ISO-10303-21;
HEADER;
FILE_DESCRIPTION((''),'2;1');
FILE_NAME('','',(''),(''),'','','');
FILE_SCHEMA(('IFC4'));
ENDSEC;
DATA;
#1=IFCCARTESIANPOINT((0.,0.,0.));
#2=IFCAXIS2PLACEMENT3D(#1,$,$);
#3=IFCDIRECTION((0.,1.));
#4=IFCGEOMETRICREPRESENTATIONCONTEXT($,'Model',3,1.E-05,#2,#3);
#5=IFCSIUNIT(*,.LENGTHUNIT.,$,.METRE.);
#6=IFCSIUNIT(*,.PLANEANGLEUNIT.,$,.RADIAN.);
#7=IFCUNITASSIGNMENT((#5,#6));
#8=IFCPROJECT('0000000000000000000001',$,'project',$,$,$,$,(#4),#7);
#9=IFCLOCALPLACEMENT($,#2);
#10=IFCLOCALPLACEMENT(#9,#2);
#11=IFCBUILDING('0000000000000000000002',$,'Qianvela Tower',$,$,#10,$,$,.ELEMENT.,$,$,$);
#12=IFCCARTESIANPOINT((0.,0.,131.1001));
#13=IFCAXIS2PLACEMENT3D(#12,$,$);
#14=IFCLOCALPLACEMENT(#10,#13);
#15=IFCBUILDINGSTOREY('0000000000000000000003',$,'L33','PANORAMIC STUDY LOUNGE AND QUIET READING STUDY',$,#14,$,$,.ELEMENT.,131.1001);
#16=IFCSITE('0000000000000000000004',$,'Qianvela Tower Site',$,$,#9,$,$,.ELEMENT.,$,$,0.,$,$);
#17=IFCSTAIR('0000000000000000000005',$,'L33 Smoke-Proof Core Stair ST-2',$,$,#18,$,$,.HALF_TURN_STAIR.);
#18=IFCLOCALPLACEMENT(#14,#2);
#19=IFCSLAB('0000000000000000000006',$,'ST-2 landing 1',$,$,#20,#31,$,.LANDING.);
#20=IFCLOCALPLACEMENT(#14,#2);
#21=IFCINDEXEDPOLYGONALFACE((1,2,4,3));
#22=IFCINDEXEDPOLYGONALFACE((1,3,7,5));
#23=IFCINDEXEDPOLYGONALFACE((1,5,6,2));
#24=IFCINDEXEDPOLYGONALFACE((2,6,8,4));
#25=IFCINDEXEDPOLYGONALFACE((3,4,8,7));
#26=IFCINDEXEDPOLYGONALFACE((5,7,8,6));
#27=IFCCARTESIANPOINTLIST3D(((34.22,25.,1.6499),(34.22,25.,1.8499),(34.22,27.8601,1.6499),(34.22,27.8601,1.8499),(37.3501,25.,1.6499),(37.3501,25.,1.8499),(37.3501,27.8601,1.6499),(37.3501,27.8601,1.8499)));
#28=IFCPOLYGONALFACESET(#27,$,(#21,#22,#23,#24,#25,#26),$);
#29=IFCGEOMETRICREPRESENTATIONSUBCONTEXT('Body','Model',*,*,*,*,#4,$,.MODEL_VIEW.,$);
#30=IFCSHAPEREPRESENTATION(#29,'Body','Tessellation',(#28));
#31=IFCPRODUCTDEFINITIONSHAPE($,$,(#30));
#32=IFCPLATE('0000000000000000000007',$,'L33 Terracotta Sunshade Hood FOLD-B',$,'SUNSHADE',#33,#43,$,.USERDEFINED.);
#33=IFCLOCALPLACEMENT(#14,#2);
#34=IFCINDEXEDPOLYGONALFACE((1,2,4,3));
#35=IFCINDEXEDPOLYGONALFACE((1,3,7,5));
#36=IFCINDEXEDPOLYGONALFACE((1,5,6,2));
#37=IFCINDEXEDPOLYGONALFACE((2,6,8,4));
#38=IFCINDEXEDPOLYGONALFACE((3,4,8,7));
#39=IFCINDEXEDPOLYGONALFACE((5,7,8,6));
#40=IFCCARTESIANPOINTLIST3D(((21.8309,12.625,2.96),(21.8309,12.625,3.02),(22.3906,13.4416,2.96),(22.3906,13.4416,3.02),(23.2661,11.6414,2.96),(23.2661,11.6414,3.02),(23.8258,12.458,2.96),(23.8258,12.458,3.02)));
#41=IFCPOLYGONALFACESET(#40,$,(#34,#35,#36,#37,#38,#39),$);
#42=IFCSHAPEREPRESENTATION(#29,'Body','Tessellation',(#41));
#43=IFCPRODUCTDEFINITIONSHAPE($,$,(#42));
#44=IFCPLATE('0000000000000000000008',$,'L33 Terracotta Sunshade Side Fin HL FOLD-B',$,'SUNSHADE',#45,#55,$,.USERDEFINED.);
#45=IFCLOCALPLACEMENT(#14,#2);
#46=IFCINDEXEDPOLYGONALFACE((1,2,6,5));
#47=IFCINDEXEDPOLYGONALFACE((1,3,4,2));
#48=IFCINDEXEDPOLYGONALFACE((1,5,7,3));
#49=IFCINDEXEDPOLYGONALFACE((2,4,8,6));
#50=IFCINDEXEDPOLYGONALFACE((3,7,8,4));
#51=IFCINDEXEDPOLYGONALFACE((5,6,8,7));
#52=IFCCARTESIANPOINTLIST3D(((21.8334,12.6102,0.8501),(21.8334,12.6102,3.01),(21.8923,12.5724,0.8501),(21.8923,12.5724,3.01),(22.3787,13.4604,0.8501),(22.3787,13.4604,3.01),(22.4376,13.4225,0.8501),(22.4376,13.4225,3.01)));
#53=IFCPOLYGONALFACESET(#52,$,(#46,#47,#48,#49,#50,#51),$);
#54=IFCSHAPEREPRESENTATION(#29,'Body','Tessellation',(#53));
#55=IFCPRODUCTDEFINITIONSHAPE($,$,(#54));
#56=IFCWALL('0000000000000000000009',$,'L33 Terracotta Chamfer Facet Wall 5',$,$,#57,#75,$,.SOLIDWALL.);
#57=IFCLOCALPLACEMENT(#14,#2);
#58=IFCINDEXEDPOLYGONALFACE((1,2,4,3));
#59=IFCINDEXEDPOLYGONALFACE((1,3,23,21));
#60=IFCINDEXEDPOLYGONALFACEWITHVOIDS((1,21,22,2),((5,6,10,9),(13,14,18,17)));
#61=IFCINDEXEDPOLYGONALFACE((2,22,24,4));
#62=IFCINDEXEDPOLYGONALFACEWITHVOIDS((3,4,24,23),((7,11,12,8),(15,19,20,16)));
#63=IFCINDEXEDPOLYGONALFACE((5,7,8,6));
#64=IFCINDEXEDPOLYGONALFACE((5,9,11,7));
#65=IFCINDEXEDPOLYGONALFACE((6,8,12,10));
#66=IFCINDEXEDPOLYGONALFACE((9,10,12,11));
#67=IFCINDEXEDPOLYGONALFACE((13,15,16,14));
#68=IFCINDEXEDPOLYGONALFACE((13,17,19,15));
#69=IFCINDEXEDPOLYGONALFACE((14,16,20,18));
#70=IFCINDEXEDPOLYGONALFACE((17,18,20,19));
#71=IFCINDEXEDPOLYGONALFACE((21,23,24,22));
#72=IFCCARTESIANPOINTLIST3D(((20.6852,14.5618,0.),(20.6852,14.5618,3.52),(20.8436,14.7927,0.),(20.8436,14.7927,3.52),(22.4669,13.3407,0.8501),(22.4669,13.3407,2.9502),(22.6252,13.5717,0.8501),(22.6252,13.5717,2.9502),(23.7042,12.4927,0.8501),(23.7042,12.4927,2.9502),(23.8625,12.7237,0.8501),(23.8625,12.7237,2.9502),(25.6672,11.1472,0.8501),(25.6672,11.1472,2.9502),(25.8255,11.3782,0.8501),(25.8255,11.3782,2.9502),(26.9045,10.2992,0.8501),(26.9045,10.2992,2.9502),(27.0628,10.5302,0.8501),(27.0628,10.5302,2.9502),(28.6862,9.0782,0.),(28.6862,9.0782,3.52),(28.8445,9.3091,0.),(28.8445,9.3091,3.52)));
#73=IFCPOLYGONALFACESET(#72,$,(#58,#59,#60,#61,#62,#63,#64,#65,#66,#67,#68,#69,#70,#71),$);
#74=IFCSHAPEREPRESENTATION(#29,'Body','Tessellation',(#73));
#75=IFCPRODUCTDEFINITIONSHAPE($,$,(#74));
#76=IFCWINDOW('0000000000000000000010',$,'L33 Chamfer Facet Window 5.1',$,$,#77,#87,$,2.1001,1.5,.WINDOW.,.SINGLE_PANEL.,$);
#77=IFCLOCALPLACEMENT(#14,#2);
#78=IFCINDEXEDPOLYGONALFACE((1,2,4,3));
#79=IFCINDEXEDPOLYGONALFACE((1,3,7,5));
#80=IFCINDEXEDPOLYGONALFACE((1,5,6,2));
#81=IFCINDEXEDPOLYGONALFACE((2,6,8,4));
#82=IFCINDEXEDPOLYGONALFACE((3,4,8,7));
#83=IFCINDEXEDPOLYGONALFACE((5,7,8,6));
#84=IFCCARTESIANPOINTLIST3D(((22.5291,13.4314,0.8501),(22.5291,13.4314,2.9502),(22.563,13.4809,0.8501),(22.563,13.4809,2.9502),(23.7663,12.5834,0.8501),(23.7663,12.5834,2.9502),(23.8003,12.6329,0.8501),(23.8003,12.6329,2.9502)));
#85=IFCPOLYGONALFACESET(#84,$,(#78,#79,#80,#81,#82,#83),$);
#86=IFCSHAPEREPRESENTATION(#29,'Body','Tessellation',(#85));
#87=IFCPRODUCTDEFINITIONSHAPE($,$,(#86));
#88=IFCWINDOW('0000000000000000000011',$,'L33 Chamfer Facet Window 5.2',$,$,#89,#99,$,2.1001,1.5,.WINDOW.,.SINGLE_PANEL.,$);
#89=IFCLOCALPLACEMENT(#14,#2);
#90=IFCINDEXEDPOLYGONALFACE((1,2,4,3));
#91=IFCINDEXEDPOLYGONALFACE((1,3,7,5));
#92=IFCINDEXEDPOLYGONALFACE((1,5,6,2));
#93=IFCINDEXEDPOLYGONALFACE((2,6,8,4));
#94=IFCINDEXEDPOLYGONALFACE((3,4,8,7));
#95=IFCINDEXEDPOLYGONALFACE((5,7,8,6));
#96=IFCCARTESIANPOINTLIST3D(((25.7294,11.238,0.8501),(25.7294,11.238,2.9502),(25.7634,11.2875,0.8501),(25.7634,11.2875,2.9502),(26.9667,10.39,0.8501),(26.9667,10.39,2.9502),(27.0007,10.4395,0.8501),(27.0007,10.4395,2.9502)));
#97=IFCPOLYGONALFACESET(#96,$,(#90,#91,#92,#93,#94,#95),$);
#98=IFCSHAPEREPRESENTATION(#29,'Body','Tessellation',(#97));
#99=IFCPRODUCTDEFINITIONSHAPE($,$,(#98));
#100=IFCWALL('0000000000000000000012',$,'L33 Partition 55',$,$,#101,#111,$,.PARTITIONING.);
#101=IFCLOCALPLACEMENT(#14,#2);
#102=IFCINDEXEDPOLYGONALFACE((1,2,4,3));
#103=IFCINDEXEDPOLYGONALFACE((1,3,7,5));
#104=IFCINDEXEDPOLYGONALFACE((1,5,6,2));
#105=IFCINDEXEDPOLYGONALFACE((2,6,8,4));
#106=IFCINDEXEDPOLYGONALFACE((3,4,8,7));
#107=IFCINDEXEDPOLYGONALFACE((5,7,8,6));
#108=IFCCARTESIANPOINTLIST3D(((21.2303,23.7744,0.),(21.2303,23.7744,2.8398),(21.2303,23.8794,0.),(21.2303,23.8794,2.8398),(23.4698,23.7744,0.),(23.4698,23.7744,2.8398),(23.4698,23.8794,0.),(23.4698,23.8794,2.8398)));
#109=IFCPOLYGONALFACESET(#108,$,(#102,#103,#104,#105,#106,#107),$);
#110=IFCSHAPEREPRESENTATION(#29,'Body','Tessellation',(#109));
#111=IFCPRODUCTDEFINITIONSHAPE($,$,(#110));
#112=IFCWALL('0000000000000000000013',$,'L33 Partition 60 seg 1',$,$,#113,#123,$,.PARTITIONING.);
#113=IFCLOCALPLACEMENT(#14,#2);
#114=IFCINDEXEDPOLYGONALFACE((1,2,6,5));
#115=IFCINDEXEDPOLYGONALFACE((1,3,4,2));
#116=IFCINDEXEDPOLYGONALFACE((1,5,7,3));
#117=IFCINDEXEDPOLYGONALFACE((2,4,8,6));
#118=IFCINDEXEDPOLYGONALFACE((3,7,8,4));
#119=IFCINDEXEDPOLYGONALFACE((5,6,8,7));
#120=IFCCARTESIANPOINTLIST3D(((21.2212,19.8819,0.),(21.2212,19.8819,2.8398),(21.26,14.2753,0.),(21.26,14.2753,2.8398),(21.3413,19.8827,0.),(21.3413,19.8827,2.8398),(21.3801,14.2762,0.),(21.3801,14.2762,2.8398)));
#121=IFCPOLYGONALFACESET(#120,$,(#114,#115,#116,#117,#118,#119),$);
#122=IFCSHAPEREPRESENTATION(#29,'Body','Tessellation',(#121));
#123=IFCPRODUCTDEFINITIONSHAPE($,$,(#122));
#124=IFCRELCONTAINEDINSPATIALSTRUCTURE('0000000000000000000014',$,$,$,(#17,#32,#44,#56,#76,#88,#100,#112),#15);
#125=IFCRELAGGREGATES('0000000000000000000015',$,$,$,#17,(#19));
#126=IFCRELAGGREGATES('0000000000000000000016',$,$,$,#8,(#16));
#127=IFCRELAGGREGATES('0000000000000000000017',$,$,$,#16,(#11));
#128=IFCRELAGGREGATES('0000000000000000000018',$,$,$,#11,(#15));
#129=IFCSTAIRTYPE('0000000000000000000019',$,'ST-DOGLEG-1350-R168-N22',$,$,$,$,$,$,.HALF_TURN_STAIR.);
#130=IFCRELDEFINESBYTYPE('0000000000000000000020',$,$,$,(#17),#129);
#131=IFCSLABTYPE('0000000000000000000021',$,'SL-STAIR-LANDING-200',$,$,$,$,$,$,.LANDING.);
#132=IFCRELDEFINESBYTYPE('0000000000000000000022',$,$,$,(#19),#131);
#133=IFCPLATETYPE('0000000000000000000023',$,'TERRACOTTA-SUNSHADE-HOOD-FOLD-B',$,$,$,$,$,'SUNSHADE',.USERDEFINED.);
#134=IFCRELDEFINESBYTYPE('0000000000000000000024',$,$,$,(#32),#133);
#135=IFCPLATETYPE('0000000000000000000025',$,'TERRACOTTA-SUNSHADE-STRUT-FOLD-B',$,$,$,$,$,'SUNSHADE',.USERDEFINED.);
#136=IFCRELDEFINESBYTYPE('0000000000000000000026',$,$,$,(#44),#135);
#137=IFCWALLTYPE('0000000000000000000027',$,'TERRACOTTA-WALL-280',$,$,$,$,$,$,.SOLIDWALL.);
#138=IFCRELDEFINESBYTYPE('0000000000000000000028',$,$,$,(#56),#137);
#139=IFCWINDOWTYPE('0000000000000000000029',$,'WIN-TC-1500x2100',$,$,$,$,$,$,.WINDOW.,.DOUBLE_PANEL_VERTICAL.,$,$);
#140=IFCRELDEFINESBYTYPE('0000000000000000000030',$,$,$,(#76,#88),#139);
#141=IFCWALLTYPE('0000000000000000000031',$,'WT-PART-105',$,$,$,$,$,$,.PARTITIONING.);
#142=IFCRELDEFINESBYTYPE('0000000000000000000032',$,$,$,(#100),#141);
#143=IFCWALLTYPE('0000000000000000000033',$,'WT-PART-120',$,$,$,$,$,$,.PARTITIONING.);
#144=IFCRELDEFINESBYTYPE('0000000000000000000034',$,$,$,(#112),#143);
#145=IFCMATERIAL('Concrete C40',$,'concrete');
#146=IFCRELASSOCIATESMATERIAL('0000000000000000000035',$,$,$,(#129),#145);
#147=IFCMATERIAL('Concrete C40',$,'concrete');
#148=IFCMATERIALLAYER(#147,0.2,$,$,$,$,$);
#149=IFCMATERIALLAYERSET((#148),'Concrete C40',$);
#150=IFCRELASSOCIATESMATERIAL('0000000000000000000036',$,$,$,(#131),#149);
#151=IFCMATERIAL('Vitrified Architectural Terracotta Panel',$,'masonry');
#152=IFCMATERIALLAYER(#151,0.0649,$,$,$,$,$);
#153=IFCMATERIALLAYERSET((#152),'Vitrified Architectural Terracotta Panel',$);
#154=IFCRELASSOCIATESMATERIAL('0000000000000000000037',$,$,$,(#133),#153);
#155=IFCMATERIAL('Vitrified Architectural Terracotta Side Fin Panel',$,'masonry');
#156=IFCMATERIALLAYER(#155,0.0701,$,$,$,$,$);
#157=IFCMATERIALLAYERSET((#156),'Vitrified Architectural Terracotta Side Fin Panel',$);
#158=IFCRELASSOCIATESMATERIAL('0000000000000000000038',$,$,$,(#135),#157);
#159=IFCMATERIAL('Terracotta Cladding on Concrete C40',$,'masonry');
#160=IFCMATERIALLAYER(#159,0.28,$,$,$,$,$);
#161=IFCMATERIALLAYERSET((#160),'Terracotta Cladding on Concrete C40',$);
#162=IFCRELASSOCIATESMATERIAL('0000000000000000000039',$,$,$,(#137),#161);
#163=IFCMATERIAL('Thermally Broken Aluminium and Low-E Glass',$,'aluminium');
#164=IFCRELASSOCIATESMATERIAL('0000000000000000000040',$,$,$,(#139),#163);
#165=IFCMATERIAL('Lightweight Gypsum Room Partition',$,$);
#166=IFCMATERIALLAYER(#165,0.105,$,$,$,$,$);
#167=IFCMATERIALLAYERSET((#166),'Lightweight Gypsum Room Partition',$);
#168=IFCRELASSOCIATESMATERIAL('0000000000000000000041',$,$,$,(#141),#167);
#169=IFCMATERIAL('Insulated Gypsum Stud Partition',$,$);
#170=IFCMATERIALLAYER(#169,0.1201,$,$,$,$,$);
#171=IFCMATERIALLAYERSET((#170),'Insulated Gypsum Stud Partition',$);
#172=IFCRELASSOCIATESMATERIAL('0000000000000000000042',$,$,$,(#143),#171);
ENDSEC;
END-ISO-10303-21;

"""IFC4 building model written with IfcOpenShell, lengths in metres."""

from ifc_helpers import new_model, si_unit, direction, frame, frame_2d, origin, origin_2d, place, context, subcontext, project, spatial, polyline, rectangle, outline, extrude, material, layer, layer_set, type_object, element, fill, aggregate, save


model = new_model("IFC4")

# Units and contexts
model_context = context("Model", 3, precision=1e-05, world=origin(), true_north=direction((0.0, 1.0)))
body_context = subcontext(model_context, "Body", "Model", "MODEL_VIEW")
ifc_project = project(units=[si_unit("LENGTHUNIT", "METRE"), si_unit("PLANEANGLEUNIT", "RADIAN")], contexts=[model_context])

# Site, building, storey
site_placement = place(None, origin())
site = spatial("IfcSite", under=ifc_project, at=site_placement, Name="Qianvela Tower Site", CompositionType="ELEMENT", RefElevation=0.0)
building_placement = place(site_placement, origin())
building = spatial("IfcBuilding", under=site, at=building_placement, Name="Qianvela Tower", CompositionType="ELEMENT")
storey_placement = place(building_placement, frame((0.0, 0.0, 131.1001)))
storey = spatial("IfcBuildingStorey", under=building, at=storey_placement, Name="L33", Description="PANORAMIC STUDY LOUNGE AND QUIET READING STUDY", CompositionType="ELEMENT", Elevation=131.1001)

# Stair, slab
ifc_material_1 = material(Name="Concrete C40", Category="concrete")
stair_type = type_object("IfcStairType", Name="ST-DOGLEG-1350-R168-N22", PredefinedType="HALF_TURN_STAIR", material=ifc_material_1)
ifc_material_2 = material(Name="Concrete C40", Category="concrete")
ifc_layer_1 = layer(ifc_material_2, 0.2)
ifc_layer_set_1 = layer_set([ifc_layer_1], Name="Concrete C40")
slab_type_1 = type_object("IfcSlabType", Name="SL-STAIR-LANDING-200", PredefinedType="LANDING", material=ifc_layer_set_1)
stair_1_placement = place(storey_placement, origin())
stair_1 = element("IfcStair", 1, at=stair_1_placement, inside=storey, type_object=stair_type, Name="L33 Smoke-Proof Core Stair ST-2", PredefinedType="HALF_TURN_STAIR")
slab_1_placement = place(storey_placement, frame((0.0, 0.0, 1.6499)))
slab_1 = element("IfcSlab", 2, at=slab_1_placement, type_object=slab_type_1, Name="ST-2 landing 1", PredefinedType="LANDING", context=body_context, shape_type="SweptSolid", body=[
    extrude(outline(polyline([(34.22, 25.0), (37.3501, 25.0), (37.3501, 27.8601), (34.22, 27.8601), (34.22, 25.0)])), origin(), (0.0, 0.0, 1.0), 0.2),
])
aggregate(stair_1, [slab_1])

# Plates
ifc_material_3 = material(Name="Vitrified Architectural Terracotta Panel", Category="masonry")
ifc_layer_2 = layer(ifc_material_3, 0.0649)
ifc_layer_set_2 = layer_set([ifc_layer_2], Name="Vitrified Architectural Terracotta Panel")
plate_type_1 = type_object("IfcPlateType", Name="TERRACOTTA-SUNSHADE-HOOD-FOLD-B", ElementType="SUNSHADE", PredefinedType="USERDEFINED", material=ifc_layer_set_2)
plate_1_placement = place(storey_placement, frame((22.8284, 12.5415, 2.96), z_axis=(0.0, 0.0, 1.0), x_axis=(0.824857, -0.565341, 0.0)))
element("IfcPlate", 3, at=plate_1_placement, inside=storey, type_object=plate_type_1, Name="L33 Terracotta Sunshade Hood FOLD-B", ObjectType="SUNSHADE", PredefinedType="USERDEFINED", context=body_context, shape_type="SweptSolid", body=[
    extrude(rectangle(XDim=1.74, YDim=0.99, at=origin_2d()), origin(), (0.0, 0.0, 1.0), 0.0601),
])
ifc_material_4 = material(Name="Vitrified Architectural Terracotta Side Fin Panel", Category="masonry")
ifc_layer_3 = layer(ifc_material_4, 0.0701)
ifc_layer_set_3 = layer_set([ifc_layer_3], Name="Vitrified Architectural Terracotta Side Fin Panel")
plate_type_2 = type_object("IfcPlateType", Name="TERRACOTTA-SUNSHADE-STRUT-FOLD-B", ElementType="SUNSHADE", PredefinedType="USERDEFINED", material=ifc_layer_set_3)
plate_2_placement = place(storey_placement, frame((22.1355, 13.0164, 0.8501), z_axis=(0.0, 0.0, 1.0), x_axis=(0.841737, -0.539888, 0.0)))
element("IfcPlate", 4, at=plate_2_placement, inside=storey, type_object=plate_type_2, Name="L33 Terracotta Sunshade Side Fin HL FOLD-B", ObjectType="SUNSHADE", PredefinedType="USERDEFINED", context=body_context, shape_type="SweptSolid", body=[
    extrude(rectangle(XDim=0.0701, YDim=1.01, at=origin_2d()), origin(), (0.0, 0.0, 1.0), 2.1599),
])

# Wall, openings, windows
ifc_material_5 = material(Name="Terracotta Cladding on Concrete C40", Category="masonry")
ifc_layer_4 = layer(ifc_material_5, 0.28)
ifc_layer_set_4 = layer_set([ifc_layer_4], Name="Terracotta Cladding on Concrete C40")
wall_type_1 = type_object("IfcWallType", Name="TERRACOTTA-WALL-280", PredefinedType="SOLIDWALL", material=ifc_layer_set_4)
wall_1_placement = place(storey_placement, frame((20.7644, 14.6772, 0.0), z_axis=(0.0, 0.0, 1.0), x_axis=(0.824861, -0.565336, 0.0)))
wall_1 = element("IfcWall", 5, at=wall_1_placement, inside=storey, type_object=wall_type_1, Name="L33 Terracotta Chamfer Facet Wall 5", PredefinedType="SOLIDWALL", context=body_context, shape_type="SweptSolid", body=[
    extrude(rectangle(XDim=9.6997, YDim=0.28, at=frame_2d((4.8499, 0.0))), origin(), (0.0, 0.0, 1.0), 3.52),
])
opening_1_placement = place(wall_1_placement, frame((2.1599, 0.0, 0.8501)))
opening_1 = element("IfcOpeningElement", 6, at=opening_1_placement, cuts=wall_1, PredefinedType="OPENING", context=body_context, shape_type="SweptSolid", body=[
    extrude(rectangle(XDim=1.5, YDim=2.1001, at=frame_2d((0.75, 1.05))), frame((0.0, 0.1499, 0.0), z_axis=(0.0, -1.0, 0.0), x_axis=(1.0, 0.0, 0.0)), (0.0, 0.0, 1.0), 0.3),
])
opening_2_placement = place(wall_1_placement, frame((6.0398, 0.0, 0.8501)))
opening_2 = element("IfcOpeningElement", 7, at=opening_2_placement, cuts=wall_1, PredefinedType="OPENING", context=body_context, shape_type="SweptSolid", body=[
    extrude(rectangle(XDim=1.5, YDim=2.1001, at=frame_2d((0.75, 1.05))), frame((0.0, 0.1499, 0.0), z_axis=(0.0, -1.0, 0.0), x_axis=(1.0, 0.0, 0.0)), (0.0, 0.0, 1.0), 0.3),
])
ifc_material_6 = material(Name="Thermally Broken Aluminium and Low-E Glass", Category="aluminium")
window_type = type_object("IfcWindowType", Name="WIN-TC-1500x2100", PartitioningType="DOUBLE_PANEL_VERTICAL", PredefinedType="WINDOW", material=ifc_material_6)
window_1_placement = place(opening_1_placement, origin())
window_1 = element("IfcWindow", 8, at=window_1_placement, inside=storey, type_object=window_type, Name="L33 Chamfer Facet Window 5.1", OverallHeight=2.1001, OverallWidth=1.5, PartitioningType="SINGLE_PANEL", PredefinedType="WINDOW", context=body_context, shape_type="SweptSolid", body=[
    extrude(rectangle(XDim=1.5, YDim=2.1001, at=frame_2d((0.75, 1.05))), frame((0.0, 0.03, 0.0), z_axis=(0.0, -1.0, 0.0), x_axis=(1.0, 0.0, 0.0)), (0.0, 0.0, 1.0), 0.0601),
])
fill(opening_1, window_1)
window_2_placement = place(opening_2_placement, origin())
window_2 = element("IfcWindow", 9, at=window_2_placement, inside=storey, type_object=window_type, Name="L33 Chamfer Facet Window 5.2", OverallHeight=2.1001, OverallWidth=1.5, PartitioningType="SINGLE_PANEL", PredefinedType="WINDOW", context=body_context, shape_type="SweptSolid", body=[
    extrude(rectangle(XDim=1.5, YDim=2.1001, at=frame_2d((0.75, 1.05))), frame((0.0, 0.03, 0.0), z_axis=(0.0, -1.0, 0.0), x_axis=(1.0, 0.0, 0.0)), (0.0, 0.0, 1.0), 0.0601),
])
fill(opening_2, window_2)

# Walls
ifc_material_7 = material(Name="Lightweight Gypsum Room Partition")
ifc_layer_5 = layer(ifc_material_7, 0.105)
ifc_layer_set_5 = layer_set([ifc_layer_5], Name="Lightweight Gypsum Room Partition")
wall_type_2 = type_object("IfcWallType", Name="WT-PART-105", PredefinedType="PARTITIONING", material=ifc_layer_set_5)
wall_2_placement = place(storey_placement, frame((21.2305, 23.8269, 0.0), z_axis=(0.0, 0.0, 1.0), x_axis=(1.0, 0.0, 0.0)))
element("IfcWall", 10, at=wall_2_placement, inside=storey, type_object=wall_type_2, Name="L33 Partition 55", PredefinedType="PARTITIONING", context=body_context, shape_type="SweptSolid", body=[
    extrude(rectangle(XDim=2.2395, YDim=0.105, at=frame_2d((1.1196, 0.0))), origin(), (0.0, 0.0, 1.0), 2.8398),
])
ifc_material_8 = material(Name="Insulated Gypsum Stud Partition")
ifc_layer_6 = layer(ifc_material_8, 0.1201)
ifc_layer_set_6 = layer_set([ifc_layer_6], Name="Insulated Gypsum Stud Partition")
wall_type_3 = type_object("IfcWallType", Name="WT-PART-120", PredefinedType="PARTITIONING", material=ifc_layer_set_6)
wall_3_placement = place(storey_placement, frame((21.3201, 14.2759, 0.0), z_axis=(0.0, 0.0, 1.0), x_axis=(-0.006924, 0.999976, 0.0)))
element("IfcWall", 11, at=wall_3_placement, inside=storey, type_object=wall_type_3, Name="L33 Partition 60 seg 1", PredefinedType="PARTITIONING", context=body_context, shape_type="SweptSolid", body=[
    extrude(rectangle(XDim=5.6067, YDim=0.1201, at=frame_2d((2.8032, 0.0))), origin(), (0.0, 0.0, 1.0), 2.8398),
])

save(model, "model.ifc")
